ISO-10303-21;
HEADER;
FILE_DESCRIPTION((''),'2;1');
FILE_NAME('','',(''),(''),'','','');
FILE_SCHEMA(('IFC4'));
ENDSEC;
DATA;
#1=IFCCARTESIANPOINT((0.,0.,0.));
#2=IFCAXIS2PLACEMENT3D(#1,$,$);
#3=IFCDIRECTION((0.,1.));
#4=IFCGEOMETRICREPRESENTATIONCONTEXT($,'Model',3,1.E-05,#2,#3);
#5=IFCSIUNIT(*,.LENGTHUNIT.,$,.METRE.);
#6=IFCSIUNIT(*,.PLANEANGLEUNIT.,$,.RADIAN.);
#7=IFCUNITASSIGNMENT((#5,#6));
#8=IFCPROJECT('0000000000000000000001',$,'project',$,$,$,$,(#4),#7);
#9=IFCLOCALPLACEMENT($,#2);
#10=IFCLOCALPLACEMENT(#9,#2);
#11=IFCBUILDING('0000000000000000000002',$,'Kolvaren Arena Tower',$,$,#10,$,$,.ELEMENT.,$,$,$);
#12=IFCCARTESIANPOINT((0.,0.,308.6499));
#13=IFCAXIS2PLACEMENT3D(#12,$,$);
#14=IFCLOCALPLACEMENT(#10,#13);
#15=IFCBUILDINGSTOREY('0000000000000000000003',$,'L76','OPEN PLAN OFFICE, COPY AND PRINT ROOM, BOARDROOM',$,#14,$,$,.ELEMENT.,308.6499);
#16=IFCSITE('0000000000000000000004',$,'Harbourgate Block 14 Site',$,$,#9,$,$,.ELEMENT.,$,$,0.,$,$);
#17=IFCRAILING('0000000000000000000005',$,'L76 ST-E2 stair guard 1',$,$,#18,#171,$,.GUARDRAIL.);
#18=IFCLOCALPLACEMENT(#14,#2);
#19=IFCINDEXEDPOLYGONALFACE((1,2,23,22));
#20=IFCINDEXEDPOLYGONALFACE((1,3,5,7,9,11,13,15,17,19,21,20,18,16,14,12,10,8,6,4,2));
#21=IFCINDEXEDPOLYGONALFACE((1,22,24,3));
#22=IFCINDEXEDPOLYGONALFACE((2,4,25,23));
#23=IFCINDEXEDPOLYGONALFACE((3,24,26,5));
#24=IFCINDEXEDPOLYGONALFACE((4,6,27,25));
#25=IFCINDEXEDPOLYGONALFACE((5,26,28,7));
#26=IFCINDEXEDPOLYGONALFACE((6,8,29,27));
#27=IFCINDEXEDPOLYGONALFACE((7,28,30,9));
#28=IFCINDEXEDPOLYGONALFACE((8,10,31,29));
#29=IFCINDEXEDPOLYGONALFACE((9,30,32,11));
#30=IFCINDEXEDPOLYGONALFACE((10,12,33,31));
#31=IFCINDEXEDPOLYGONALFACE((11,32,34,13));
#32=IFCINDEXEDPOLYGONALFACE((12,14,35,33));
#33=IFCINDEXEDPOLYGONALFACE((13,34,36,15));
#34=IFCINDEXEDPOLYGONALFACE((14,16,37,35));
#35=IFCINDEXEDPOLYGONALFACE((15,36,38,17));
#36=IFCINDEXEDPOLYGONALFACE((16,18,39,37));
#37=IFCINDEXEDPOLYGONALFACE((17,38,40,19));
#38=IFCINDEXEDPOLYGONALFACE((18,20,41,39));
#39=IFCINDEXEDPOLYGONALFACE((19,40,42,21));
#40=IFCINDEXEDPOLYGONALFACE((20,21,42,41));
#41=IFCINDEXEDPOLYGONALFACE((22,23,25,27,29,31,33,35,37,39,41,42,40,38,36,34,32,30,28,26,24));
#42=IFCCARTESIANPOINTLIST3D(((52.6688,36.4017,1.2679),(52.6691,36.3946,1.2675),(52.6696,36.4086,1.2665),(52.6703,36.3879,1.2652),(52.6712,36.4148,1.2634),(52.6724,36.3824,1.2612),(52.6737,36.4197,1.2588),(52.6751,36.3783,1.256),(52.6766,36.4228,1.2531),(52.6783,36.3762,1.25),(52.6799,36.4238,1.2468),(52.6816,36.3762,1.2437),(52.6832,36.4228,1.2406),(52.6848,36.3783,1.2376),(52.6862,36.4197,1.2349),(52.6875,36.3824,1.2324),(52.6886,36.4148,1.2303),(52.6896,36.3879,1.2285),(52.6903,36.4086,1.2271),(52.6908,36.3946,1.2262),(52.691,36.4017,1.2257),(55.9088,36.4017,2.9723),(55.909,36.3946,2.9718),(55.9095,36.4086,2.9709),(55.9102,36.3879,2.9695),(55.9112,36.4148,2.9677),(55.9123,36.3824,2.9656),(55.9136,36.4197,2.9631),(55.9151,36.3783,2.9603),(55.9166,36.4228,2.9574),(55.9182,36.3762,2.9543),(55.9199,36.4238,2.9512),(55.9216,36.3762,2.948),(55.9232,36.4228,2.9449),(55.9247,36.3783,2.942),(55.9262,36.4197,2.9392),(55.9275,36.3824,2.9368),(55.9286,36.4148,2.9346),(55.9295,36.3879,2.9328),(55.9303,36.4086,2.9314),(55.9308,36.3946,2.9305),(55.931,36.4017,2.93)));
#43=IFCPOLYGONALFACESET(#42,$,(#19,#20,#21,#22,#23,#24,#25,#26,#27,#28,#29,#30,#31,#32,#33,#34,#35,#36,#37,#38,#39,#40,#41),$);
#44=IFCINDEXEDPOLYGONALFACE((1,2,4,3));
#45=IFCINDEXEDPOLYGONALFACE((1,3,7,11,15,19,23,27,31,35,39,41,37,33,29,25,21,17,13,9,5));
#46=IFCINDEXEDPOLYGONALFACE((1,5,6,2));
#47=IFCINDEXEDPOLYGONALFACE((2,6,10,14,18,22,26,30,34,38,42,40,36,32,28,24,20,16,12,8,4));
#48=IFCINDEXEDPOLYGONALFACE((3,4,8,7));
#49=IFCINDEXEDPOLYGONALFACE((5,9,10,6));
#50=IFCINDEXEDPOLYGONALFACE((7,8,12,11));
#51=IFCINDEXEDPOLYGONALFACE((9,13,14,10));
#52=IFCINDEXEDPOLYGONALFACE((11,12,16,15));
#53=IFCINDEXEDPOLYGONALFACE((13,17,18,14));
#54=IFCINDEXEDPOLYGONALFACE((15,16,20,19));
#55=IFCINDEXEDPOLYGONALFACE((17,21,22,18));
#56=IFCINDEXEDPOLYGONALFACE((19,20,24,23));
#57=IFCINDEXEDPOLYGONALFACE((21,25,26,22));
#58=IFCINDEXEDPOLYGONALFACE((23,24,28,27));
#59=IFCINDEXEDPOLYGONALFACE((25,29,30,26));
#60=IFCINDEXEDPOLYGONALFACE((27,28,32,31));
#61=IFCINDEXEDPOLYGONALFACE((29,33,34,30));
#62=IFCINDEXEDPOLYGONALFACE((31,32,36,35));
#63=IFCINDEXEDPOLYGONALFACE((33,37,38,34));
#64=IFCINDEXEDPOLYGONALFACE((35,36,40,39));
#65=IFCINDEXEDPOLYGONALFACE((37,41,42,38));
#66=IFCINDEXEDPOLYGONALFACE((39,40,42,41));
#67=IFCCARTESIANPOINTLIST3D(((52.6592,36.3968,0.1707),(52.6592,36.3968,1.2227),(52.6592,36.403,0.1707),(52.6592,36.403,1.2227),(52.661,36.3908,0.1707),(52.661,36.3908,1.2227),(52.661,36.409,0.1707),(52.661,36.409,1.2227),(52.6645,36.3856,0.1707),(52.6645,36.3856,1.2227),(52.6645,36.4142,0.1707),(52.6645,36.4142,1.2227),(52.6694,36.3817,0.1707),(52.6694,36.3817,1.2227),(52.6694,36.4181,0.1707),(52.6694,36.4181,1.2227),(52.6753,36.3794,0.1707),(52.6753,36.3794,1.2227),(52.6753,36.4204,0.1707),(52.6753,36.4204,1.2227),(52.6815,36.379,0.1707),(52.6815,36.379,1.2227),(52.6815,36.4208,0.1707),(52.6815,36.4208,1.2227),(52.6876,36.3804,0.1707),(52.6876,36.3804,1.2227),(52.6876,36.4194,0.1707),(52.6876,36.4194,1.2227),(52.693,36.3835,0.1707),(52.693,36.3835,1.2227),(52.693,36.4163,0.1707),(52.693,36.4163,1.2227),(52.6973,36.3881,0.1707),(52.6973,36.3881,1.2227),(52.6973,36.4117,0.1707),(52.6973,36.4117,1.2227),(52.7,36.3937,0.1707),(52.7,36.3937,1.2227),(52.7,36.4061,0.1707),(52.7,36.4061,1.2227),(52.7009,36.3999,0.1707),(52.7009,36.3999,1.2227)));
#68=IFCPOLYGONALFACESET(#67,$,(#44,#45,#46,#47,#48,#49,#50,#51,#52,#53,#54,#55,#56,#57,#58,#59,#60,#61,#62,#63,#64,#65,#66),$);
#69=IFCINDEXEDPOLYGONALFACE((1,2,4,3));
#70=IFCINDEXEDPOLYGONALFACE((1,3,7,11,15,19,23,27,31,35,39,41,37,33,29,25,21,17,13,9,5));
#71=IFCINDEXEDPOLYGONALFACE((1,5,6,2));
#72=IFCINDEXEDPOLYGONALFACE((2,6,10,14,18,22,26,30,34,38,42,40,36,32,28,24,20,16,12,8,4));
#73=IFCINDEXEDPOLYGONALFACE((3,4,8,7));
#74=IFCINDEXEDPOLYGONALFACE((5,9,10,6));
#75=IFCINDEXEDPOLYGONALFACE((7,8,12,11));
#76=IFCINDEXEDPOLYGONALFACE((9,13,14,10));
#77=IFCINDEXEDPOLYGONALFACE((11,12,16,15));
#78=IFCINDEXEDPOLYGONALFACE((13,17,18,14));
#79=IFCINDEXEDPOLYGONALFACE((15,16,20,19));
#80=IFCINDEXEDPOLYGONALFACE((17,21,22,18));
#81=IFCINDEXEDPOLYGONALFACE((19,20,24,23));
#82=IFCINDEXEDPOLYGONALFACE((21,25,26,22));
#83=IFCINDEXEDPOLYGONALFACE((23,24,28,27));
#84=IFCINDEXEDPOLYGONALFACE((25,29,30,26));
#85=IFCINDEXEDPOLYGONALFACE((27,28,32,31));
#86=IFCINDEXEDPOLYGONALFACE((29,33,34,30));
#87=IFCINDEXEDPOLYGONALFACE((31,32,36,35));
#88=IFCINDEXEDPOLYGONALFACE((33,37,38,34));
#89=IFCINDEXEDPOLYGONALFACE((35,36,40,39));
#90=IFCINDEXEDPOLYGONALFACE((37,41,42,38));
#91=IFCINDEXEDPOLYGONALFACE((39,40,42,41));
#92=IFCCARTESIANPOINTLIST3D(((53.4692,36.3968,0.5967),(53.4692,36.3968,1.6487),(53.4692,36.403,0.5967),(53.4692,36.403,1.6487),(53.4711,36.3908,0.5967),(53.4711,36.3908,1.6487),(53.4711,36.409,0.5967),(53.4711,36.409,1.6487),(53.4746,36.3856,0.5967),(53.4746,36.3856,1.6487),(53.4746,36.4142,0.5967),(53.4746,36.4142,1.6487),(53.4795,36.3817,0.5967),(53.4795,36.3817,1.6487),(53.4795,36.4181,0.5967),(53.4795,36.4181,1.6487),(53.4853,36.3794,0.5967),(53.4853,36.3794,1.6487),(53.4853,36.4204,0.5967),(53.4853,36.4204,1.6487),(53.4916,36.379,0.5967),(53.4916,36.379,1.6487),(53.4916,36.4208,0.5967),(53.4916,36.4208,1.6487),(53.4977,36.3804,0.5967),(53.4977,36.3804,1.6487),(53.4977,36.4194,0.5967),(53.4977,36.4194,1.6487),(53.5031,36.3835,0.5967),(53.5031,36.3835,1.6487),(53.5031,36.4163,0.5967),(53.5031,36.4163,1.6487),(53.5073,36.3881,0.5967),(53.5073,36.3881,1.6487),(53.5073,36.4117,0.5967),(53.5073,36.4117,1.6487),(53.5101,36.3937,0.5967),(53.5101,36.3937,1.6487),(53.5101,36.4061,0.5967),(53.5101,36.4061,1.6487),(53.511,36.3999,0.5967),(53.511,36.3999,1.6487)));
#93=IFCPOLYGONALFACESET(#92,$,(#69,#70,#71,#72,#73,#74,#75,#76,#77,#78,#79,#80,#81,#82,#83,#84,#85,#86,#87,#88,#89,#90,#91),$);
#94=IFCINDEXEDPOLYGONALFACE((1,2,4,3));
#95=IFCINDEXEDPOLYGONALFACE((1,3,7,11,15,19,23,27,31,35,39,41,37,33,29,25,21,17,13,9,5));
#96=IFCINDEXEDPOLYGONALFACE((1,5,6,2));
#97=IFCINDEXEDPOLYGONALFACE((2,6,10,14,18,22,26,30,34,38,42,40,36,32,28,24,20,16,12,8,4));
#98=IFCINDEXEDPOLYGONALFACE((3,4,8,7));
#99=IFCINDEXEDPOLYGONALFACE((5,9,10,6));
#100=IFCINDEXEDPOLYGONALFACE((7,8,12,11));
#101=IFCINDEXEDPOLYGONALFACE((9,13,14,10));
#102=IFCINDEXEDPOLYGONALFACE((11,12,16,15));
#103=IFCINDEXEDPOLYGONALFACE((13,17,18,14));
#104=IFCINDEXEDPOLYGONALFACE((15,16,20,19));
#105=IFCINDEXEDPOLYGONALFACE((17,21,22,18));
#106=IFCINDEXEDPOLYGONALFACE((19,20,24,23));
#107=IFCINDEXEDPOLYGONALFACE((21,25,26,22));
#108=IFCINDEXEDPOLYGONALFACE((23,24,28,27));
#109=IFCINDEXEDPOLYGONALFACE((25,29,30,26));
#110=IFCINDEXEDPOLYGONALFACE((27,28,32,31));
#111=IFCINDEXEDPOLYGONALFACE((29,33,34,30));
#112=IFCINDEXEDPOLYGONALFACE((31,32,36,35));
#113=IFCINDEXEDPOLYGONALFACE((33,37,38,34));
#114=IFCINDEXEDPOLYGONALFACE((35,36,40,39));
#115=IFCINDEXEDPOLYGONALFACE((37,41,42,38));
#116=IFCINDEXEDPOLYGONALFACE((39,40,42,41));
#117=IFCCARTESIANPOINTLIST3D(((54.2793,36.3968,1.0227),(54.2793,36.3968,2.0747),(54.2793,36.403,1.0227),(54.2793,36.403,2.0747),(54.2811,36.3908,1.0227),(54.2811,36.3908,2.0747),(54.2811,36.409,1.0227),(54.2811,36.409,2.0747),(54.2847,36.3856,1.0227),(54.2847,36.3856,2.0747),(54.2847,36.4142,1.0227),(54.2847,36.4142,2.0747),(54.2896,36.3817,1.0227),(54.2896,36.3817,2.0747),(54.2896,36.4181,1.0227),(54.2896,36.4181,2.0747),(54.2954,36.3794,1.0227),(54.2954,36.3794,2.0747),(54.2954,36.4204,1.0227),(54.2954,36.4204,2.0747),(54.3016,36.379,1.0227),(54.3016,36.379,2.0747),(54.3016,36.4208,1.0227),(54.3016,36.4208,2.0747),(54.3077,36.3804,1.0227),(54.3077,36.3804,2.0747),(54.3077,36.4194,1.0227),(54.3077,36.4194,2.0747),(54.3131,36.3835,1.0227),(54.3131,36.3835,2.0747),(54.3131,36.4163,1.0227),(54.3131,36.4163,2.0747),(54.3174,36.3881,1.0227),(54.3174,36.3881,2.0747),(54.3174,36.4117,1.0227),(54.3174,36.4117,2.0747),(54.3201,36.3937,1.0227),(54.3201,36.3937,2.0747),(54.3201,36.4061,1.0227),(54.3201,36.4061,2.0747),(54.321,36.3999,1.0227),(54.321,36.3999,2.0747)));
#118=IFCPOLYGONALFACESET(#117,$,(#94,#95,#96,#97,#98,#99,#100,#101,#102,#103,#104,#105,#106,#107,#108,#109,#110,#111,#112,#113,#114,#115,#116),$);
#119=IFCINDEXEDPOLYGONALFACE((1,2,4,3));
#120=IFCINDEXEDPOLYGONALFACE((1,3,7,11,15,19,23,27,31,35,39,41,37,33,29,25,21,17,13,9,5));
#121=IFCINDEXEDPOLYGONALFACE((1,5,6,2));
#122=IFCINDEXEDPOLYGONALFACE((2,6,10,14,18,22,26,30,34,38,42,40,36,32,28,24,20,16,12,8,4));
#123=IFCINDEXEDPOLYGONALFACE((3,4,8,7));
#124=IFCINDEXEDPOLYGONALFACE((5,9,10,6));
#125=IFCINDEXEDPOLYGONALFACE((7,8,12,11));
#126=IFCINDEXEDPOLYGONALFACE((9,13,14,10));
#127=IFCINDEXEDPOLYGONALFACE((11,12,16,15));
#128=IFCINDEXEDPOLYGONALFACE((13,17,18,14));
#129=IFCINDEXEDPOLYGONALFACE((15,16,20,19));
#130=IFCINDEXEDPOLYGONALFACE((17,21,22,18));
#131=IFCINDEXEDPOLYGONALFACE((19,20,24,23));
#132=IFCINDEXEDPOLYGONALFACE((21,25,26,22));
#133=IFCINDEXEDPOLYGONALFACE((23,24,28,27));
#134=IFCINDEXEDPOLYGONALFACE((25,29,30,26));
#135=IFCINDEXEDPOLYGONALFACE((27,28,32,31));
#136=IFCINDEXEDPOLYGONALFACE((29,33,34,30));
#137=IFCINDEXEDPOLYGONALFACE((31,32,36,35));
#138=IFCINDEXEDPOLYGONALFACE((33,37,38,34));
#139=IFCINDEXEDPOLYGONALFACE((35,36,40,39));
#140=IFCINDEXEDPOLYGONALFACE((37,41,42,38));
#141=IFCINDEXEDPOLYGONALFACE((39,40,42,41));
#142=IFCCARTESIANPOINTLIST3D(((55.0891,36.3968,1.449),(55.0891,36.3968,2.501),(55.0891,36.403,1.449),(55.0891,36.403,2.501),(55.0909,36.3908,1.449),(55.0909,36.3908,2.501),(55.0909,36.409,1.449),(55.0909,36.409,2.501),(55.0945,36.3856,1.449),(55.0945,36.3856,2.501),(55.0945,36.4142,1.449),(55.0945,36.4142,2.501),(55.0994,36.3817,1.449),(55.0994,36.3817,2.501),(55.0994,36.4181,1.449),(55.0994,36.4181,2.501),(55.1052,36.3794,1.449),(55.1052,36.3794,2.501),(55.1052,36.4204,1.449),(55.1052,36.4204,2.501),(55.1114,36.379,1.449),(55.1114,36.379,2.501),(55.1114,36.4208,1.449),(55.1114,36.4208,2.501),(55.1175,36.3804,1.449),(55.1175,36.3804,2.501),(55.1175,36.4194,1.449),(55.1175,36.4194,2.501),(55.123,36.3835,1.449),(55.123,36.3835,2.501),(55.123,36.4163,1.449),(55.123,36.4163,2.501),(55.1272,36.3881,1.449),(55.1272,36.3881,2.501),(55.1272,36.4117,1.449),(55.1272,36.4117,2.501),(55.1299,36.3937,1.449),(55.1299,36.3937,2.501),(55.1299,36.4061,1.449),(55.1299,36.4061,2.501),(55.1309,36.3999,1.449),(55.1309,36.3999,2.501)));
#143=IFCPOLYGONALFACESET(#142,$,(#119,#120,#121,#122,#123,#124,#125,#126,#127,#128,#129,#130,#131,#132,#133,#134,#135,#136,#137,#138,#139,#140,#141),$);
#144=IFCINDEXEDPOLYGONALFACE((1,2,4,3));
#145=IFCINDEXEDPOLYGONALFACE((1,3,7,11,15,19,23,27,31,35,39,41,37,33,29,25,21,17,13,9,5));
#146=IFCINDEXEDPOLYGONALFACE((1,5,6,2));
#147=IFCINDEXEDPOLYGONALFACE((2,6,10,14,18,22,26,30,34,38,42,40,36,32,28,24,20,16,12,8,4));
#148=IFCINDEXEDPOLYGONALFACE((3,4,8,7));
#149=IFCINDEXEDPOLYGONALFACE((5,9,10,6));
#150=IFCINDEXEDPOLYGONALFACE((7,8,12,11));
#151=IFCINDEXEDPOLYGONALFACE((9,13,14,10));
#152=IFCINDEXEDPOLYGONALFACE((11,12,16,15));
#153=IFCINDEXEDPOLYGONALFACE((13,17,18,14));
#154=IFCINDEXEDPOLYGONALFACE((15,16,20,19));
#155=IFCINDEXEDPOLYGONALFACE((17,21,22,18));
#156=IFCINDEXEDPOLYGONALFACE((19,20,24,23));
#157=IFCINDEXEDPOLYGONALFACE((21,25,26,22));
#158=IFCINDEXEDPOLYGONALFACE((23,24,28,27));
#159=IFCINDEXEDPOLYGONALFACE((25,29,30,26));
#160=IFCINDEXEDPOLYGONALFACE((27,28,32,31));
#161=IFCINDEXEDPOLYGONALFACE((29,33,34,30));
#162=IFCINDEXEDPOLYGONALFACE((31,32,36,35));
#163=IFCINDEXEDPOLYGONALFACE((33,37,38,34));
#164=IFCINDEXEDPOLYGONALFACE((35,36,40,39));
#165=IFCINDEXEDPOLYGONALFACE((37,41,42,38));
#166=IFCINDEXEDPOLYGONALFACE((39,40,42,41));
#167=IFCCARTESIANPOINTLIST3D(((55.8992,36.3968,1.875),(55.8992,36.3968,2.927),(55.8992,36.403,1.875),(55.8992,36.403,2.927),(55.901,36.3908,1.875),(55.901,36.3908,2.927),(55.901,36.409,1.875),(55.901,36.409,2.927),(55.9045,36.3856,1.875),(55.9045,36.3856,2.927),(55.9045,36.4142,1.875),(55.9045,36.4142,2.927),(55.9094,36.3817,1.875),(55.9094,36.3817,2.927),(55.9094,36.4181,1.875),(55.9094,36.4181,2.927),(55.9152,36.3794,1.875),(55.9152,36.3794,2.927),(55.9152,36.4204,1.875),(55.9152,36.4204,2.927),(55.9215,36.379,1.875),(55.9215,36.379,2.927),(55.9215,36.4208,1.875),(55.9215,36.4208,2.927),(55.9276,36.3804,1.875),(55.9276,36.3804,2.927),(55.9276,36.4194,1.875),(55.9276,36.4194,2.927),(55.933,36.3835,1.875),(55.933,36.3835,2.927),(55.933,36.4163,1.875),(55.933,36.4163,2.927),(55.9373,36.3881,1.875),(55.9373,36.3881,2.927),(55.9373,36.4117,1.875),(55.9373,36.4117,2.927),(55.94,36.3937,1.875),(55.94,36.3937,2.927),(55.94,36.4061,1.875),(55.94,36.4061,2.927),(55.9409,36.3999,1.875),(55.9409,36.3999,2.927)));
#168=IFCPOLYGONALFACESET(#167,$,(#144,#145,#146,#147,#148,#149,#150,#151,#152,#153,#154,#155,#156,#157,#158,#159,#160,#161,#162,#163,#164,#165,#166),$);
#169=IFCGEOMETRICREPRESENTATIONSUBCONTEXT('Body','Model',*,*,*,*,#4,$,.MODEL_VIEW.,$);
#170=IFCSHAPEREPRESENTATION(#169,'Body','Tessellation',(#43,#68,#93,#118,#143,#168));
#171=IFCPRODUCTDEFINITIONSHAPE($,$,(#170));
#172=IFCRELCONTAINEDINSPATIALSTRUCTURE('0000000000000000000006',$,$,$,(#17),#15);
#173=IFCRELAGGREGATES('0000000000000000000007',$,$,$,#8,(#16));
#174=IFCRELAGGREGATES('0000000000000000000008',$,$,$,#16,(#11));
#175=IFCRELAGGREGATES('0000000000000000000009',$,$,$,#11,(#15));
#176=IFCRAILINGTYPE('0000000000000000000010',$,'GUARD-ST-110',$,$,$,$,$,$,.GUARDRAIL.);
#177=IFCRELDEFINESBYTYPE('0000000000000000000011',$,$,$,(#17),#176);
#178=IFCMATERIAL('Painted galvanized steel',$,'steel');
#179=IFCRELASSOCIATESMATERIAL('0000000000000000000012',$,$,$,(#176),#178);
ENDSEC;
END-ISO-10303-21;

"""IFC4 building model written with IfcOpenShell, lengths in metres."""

from ifc_helpers import new_model, si_unit, direction, frame, origin, origin_2d, place, context, subcontext, project, spatial, circle, extrude, material, type_object, element, save


model = new_model("IFC4")

# Units and contexts
model_context = context("Model", 3, precision=1e-05, world=origin(), true_north=direction((0.0, 1.0)))
body_context = subcontext(model_context, "Body", "Model", "MODEL_VIEW")
ifc_project = project(units=[si_unit("LENGTHUNIT", "METRE"), si_unit("PLANEANGLEUNIT", "RADIAN")], contexts=[model_context])

# Site, building, storey
site_placement = place(None, origin())
site = spatial("IfcSite", under=ifc_project, at=site_placement, Name="Harbourgate Block 14 Site", CompositionType="ELEMENT", RefElevation=0.0)
building_placement = place(site_placement, origin())
building = spatial("IfcBuilding", under=site, at=building_placement, Name="Kolvaren Arena Tower", CompositionType="ELEMENT")
storey_placement = place(building_placement, frame((0.0, 0.0, 308.6499)))
storey = spatial("IfcBuildingStorey", under=building, at=storey_placement, Name="L76", Description="OPEN PLAN OFFICE, COPY AND PRINT ROOM, BOARDROOM", CompositionType="ELEMENT", Elevation=308.6499)

# Railing
ifc_material_1 = material(Name="Painted galvanized steel", Category="steel")
railing_type_1 = type_object("IfcRailingType", Name="GUARD-ST-110", PredefinedType="GUARDRAIL", material=ifc_material_1)
railing_1_placement = place(storey_placement, frame((52.6799, 36.3999, 0.1707)))
element("IfcRailing", 1, at=railing_1_placement, inside=storey, type_object=railing_type_1, Name="L76 ST-E2 stair guard 1", PredefinedType="GUARDRAIL", context=body_context, shape_type="SweptSolid", body=[
    extrude(circle(Radius=0.0239, at=origin_2d()), frame((0.0, 0.0, 1.0762), z_axis=(0.885021, 0.0, 0.465551), x_axis=(0.0, 1.0, 0.0)), (0.0, 0.0, 1.0), 3.6609),
    extrude(circle(Radius=0.021, at=origin_2d()), origin(), (0.0, 0.0, 1.0), 1.052),
    extrude(circle(Radius=0.021, at=origin_2d()), frame((0.8101, 0.0, 0.426)), (0.0, 0.0, 1.0), 1.052),
    extrude(circle(Radius=0.021, at=origin_2d()), frame((1.6201, 0.0, 0.8521)), (0.0, 0.0, 1.0), 1.052),
    extrude(circle(Radius=0.021, at=origin_2d()), frame((2.4299, 0.0, 1.2783)), (0.0, 0.0, 1.0), 1.052),
    extrude(circle(Radius=0.021, at=origin_2d()), frame((3.24, 0.0, 1.7043)), (0.0, 0.0, 1.0), 1.052),
])

save(model, "model.ifc")
